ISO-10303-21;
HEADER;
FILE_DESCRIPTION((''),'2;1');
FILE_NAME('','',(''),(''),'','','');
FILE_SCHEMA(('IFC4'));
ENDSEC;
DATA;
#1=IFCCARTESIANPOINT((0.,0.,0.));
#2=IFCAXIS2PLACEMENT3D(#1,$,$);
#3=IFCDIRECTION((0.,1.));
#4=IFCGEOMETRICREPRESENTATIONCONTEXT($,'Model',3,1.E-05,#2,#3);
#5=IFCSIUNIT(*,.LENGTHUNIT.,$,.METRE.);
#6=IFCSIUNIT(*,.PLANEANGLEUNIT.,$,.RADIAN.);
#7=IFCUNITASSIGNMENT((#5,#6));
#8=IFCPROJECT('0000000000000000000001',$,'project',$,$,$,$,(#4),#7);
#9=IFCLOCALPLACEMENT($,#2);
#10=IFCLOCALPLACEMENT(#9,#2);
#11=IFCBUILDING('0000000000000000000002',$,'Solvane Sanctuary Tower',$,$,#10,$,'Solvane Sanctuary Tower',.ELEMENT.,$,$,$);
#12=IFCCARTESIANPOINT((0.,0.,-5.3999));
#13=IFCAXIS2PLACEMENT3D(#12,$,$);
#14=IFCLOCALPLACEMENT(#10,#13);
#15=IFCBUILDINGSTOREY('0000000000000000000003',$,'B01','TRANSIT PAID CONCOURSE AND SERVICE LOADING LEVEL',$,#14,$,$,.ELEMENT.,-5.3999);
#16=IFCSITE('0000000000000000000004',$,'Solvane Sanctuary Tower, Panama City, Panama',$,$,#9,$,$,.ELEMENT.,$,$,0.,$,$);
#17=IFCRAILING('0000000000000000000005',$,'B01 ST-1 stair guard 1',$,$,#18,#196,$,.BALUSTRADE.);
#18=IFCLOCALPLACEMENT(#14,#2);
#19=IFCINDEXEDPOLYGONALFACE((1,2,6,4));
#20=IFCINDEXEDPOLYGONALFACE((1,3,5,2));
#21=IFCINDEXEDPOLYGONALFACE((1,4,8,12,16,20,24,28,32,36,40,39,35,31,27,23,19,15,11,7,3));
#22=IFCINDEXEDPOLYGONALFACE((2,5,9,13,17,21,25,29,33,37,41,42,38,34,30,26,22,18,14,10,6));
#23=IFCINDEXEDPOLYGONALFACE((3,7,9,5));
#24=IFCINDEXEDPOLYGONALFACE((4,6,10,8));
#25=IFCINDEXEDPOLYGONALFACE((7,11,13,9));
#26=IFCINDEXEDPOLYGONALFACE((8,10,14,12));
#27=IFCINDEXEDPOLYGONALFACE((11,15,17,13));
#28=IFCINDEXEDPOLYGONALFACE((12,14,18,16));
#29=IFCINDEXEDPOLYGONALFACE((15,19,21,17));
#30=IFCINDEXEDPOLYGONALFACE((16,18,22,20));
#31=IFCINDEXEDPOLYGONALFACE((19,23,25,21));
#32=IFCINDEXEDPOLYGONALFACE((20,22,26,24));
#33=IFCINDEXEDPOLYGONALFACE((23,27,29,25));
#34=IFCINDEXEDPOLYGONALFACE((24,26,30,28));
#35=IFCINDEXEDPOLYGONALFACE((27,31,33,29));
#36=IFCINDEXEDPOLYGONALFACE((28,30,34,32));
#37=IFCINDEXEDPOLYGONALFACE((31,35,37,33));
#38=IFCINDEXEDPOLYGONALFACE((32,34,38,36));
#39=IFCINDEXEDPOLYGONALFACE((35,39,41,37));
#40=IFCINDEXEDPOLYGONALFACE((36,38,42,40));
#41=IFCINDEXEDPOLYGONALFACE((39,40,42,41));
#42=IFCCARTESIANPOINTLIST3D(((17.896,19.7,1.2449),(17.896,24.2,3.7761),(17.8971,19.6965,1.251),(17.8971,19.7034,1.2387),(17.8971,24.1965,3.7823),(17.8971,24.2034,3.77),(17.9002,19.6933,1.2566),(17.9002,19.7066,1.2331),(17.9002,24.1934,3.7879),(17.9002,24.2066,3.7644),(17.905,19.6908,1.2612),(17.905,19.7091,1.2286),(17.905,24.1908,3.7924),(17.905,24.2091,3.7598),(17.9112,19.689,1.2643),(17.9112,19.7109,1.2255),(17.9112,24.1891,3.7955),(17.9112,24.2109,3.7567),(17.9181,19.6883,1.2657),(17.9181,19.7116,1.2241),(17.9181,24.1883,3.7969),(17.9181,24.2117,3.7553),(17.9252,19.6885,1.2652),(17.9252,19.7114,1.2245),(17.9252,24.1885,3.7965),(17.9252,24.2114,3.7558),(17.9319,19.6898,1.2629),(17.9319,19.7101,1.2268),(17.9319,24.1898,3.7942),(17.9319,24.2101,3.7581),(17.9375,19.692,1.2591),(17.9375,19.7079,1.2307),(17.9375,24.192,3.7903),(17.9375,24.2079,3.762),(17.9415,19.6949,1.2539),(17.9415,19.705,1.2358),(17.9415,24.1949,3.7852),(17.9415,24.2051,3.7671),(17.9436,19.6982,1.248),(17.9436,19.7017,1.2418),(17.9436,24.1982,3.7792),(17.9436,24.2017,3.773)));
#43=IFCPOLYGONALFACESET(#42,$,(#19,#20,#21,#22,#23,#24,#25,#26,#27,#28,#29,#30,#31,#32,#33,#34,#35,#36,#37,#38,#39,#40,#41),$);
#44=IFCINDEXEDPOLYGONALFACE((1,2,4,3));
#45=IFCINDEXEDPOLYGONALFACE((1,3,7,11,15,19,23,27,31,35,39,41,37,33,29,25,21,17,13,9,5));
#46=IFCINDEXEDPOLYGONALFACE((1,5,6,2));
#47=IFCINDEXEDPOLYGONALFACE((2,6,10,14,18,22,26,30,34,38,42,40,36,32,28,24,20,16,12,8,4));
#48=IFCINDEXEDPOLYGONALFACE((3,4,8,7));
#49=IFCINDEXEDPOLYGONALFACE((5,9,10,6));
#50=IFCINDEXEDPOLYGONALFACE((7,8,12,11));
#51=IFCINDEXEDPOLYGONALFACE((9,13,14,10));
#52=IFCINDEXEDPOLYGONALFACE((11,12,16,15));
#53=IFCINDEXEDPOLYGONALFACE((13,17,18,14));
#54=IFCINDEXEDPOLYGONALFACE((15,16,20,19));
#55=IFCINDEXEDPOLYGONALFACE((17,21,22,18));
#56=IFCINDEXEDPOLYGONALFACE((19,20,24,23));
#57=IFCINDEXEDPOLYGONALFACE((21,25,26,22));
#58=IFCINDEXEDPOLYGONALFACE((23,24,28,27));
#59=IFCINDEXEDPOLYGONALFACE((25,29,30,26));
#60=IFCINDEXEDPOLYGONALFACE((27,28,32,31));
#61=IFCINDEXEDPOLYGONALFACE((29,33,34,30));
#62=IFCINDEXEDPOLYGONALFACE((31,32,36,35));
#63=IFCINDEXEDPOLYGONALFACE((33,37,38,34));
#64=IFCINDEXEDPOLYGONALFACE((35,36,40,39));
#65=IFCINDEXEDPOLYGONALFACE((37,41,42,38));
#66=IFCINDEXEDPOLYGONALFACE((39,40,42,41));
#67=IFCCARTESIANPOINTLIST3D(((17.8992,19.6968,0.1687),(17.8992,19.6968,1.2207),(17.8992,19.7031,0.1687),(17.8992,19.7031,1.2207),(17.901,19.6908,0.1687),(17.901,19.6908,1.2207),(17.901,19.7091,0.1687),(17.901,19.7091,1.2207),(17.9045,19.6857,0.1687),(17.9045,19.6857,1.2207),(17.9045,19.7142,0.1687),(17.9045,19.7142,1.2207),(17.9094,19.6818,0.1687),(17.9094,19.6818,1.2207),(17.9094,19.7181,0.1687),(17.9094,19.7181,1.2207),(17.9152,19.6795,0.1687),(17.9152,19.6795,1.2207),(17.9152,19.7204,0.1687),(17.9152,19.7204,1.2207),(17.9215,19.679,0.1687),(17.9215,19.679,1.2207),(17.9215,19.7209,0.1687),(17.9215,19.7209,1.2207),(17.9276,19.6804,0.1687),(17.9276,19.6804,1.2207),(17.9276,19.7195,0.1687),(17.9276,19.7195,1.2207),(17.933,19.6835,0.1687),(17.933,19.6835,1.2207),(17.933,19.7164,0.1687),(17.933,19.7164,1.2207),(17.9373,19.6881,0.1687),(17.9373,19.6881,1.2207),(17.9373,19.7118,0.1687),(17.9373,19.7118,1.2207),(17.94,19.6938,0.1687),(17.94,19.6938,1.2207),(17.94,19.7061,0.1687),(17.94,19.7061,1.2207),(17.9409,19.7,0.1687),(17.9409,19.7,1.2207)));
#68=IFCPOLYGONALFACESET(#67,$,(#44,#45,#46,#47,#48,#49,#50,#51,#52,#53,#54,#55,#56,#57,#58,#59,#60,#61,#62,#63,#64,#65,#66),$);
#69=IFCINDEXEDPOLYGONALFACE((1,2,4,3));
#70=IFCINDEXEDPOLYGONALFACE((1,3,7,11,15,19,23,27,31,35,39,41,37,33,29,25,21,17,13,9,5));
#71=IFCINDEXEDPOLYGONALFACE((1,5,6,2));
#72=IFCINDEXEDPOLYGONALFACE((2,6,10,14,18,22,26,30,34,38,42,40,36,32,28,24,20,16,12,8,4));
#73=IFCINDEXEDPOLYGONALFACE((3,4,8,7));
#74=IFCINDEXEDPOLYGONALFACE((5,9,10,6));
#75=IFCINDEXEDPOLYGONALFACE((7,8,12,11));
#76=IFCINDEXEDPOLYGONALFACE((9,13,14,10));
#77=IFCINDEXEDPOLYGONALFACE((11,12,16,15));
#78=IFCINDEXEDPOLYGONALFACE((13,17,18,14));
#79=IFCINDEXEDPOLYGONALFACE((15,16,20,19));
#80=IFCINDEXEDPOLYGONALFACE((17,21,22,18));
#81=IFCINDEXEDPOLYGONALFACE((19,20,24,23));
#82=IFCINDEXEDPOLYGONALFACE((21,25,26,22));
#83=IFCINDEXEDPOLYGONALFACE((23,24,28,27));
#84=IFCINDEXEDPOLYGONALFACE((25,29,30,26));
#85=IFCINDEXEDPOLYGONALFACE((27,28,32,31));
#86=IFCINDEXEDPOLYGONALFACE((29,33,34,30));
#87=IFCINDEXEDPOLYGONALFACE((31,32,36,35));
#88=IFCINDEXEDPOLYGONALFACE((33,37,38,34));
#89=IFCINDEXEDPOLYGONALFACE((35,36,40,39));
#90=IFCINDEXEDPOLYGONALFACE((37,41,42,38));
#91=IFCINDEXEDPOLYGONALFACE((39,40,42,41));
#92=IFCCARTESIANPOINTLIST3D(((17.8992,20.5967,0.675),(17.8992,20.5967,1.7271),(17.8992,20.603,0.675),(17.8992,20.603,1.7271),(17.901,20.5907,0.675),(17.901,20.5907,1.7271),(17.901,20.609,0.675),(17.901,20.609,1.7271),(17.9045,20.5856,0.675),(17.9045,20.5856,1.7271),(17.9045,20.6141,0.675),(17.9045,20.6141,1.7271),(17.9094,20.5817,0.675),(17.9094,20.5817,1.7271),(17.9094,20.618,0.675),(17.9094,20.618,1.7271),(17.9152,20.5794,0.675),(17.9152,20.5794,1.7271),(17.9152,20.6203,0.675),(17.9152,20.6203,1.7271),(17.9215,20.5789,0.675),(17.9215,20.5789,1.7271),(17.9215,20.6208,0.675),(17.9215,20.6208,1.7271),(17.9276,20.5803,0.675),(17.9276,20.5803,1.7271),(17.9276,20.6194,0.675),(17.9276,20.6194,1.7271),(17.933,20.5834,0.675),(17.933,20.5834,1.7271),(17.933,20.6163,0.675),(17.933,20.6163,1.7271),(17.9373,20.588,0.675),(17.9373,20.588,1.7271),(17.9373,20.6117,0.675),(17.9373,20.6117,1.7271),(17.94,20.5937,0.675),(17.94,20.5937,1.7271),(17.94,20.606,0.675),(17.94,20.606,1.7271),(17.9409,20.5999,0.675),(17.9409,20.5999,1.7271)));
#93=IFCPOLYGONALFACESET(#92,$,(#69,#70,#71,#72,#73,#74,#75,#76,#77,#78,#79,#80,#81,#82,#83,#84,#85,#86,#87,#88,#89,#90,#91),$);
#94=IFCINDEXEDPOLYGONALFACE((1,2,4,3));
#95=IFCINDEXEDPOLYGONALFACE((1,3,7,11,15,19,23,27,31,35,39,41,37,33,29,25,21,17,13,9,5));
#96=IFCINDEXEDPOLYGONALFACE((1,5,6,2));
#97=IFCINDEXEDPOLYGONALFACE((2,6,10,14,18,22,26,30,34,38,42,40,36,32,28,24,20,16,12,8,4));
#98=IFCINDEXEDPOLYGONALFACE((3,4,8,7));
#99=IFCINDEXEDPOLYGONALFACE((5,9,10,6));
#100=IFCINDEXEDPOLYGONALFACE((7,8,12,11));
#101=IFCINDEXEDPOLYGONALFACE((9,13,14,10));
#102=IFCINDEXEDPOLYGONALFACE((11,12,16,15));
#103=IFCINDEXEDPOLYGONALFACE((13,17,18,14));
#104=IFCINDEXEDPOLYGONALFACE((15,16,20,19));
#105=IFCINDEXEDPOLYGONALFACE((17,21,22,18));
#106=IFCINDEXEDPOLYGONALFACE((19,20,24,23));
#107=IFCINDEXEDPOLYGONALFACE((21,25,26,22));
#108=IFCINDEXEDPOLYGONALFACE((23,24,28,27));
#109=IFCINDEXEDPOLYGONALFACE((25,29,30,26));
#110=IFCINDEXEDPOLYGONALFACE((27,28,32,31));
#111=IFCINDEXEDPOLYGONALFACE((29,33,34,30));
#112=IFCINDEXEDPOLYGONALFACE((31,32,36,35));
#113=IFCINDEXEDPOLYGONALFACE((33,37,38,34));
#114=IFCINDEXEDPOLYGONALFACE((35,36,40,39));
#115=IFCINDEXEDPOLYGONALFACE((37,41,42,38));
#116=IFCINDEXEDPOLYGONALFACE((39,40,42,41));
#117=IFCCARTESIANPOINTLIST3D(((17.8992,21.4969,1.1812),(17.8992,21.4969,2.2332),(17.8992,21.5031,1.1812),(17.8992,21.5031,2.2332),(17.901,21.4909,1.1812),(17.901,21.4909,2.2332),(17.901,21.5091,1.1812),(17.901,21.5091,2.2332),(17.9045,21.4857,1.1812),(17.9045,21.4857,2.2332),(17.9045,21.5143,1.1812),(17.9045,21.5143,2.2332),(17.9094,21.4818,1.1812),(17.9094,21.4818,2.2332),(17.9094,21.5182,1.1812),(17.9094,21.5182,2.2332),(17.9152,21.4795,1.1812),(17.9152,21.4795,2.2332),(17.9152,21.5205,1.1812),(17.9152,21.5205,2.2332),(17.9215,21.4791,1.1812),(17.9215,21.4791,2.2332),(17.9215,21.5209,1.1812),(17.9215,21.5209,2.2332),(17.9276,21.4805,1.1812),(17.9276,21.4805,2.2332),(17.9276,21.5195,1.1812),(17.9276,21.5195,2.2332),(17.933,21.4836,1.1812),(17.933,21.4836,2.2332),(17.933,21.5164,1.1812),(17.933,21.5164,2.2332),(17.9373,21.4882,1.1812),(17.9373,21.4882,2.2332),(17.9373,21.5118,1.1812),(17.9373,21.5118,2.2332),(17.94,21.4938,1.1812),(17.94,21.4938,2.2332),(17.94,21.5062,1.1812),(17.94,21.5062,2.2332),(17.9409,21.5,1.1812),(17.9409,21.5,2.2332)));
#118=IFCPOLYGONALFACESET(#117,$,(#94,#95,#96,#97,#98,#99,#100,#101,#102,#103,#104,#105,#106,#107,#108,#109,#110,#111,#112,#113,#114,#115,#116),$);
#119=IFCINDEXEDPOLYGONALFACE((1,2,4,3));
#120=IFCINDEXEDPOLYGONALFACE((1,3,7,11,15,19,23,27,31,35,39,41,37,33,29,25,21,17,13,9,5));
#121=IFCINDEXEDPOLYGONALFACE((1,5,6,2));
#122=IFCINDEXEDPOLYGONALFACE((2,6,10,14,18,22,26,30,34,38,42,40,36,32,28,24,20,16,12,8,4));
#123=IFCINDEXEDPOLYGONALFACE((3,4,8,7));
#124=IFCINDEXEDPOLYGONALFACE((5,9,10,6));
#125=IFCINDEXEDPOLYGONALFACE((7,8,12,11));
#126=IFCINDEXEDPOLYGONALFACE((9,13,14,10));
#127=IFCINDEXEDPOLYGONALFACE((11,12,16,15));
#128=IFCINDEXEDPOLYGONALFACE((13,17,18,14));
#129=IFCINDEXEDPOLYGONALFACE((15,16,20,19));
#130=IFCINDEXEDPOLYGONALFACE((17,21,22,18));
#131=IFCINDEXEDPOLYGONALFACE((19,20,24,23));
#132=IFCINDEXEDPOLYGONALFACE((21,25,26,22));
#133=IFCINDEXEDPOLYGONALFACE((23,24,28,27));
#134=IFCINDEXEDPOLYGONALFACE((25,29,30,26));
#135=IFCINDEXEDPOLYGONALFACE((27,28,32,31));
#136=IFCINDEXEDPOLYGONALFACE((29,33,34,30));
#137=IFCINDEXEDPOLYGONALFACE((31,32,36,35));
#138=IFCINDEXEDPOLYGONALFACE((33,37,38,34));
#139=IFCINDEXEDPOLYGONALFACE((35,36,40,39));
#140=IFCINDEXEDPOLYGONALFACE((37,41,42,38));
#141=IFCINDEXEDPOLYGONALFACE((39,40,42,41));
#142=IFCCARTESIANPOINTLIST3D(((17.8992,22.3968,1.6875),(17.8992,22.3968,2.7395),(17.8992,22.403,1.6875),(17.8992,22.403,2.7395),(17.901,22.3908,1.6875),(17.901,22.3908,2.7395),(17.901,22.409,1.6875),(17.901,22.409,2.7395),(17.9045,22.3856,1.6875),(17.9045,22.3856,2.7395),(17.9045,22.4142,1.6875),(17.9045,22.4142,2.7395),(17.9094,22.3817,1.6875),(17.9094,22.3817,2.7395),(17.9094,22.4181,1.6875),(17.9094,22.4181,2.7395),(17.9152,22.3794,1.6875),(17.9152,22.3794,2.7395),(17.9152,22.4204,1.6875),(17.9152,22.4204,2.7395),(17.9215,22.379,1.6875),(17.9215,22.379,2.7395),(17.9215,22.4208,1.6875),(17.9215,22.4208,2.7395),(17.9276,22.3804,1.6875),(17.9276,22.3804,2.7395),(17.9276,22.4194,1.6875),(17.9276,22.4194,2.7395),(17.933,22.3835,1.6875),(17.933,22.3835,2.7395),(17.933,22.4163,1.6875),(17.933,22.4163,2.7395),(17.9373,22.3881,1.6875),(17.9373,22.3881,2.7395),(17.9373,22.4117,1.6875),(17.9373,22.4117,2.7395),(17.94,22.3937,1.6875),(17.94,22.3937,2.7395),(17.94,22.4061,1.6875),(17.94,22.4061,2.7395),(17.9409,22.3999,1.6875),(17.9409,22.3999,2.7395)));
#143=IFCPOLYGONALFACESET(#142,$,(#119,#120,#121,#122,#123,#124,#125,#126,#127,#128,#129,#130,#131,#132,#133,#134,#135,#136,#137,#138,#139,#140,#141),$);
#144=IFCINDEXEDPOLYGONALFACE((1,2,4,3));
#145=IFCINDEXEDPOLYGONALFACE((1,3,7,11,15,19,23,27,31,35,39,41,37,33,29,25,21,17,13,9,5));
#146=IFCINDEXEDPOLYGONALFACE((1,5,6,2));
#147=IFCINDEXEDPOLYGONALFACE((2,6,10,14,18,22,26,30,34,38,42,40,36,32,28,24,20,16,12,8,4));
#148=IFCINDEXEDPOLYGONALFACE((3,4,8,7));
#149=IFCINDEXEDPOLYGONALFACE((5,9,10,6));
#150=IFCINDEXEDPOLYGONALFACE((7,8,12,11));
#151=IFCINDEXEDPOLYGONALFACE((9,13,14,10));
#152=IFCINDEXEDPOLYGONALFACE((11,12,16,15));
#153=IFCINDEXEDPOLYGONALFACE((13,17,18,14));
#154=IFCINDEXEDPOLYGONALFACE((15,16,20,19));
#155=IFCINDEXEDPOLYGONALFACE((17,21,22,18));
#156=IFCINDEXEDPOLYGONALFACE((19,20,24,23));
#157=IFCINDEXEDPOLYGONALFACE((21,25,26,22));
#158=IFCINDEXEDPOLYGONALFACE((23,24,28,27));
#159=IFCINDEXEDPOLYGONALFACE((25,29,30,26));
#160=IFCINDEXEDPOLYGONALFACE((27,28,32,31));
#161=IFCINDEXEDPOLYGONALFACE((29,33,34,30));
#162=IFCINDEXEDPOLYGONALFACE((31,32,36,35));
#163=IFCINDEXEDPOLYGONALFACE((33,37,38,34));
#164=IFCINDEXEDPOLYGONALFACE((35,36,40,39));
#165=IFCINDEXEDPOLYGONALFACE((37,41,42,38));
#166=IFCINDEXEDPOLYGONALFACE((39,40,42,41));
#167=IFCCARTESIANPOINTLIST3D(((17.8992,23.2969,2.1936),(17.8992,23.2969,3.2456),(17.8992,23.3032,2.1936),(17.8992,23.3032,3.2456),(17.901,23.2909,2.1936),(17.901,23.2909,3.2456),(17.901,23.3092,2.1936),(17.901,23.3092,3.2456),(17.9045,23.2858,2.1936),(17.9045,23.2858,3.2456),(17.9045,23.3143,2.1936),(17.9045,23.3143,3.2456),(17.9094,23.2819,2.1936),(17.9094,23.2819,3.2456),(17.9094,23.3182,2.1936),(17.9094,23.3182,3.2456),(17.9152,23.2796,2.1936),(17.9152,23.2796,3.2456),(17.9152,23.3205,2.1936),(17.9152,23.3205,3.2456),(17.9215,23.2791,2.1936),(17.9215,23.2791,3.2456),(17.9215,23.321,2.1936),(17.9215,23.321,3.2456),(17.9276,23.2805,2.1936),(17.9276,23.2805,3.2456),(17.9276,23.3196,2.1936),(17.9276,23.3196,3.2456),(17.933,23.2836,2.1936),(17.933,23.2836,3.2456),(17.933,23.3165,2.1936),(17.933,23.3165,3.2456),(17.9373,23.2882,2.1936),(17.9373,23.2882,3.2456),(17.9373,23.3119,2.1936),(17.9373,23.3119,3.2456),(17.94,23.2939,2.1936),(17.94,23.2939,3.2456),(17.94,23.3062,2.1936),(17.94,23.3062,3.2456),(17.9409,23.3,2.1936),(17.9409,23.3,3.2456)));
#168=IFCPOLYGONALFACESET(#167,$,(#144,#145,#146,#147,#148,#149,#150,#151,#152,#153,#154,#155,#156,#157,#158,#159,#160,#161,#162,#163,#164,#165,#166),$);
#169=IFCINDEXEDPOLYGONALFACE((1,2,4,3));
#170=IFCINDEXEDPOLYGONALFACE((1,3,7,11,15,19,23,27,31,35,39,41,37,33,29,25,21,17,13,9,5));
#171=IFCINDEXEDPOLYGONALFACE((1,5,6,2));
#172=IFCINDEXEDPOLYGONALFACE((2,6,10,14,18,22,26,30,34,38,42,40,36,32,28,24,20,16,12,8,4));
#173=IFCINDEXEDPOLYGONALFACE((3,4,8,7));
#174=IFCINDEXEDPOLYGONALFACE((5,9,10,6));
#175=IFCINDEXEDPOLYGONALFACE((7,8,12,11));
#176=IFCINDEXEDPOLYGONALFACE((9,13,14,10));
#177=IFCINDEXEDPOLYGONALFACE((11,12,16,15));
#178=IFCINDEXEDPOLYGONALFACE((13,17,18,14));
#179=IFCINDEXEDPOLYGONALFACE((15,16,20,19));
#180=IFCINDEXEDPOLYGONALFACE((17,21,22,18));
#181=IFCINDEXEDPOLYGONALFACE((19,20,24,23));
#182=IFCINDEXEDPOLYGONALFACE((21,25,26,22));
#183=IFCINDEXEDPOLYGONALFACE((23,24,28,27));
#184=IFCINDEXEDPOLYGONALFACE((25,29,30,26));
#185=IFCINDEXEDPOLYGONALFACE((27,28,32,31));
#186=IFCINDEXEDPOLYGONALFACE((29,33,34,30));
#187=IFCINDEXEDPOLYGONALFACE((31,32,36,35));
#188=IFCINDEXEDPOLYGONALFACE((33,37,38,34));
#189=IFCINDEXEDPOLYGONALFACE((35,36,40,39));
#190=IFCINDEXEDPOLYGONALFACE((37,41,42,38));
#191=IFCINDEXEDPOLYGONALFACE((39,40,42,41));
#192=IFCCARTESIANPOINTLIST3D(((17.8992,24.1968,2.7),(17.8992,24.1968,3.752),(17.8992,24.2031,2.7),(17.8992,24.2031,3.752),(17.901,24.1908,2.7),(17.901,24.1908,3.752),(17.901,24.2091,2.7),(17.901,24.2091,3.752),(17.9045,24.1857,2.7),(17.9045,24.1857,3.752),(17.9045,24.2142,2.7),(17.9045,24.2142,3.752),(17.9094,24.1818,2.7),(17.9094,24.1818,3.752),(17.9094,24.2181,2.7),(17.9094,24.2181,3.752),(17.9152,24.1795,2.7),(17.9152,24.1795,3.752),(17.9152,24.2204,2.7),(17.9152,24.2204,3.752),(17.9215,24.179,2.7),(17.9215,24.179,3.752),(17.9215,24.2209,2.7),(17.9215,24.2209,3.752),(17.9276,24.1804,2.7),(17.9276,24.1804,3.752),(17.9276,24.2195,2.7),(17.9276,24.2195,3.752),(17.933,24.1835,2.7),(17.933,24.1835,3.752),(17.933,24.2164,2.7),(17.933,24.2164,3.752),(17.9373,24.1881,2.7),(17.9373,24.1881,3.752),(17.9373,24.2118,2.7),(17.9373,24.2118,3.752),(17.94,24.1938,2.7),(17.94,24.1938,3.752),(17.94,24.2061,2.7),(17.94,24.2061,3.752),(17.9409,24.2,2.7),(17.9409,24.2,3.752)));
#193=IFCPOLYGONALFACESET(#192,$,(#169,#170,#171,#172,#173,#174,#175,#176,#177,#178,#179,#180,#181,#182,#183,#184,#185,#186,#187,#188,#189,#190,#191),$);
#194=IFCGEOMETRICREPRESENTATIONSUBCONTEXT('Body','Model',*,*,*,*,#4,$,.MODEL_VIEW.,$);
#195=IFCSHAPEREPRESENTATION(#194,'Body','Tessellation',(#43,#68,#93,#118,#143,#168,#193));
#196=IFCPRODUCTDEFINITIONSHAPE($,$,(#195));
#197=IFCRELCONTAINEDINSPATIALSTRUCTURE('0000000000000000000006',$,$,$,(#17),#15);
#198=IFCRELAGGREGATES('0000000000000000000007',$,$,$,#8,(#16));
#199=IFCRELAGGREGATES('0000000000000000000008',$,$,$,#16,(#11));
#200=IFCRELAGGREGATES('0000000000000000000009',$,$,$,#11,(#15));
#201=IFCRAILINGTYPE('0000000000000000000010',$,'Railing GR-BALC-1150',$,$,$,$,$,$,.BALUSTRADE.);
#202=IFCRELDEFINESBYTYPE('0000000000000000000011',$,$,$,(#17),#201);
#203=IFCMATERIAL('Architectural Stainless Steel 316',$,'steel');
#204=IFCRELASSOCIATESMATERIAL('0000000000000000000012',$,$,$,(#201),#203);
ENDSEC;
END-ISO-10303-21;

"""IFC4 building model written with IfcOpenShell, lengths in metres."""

from ifc_helpers import new_model, si_unit, direction, frame, origin, origin_2d, place, context, subcontext, project, spatial, circle, extrude, material, type_object, element, save


model = new_model("IFC4")

# Units and contexts
model_context = context("Model", 3, precision=1e-05, world=origin(), true_north=direction((0.0, 1.0)))
body_context = subcontext(model_context, "Body", "Model", "MODEL_VIEW")
ifc_project = project(units=[si_unit("LENGTHUNIT", "METRE"), si_unit("PLANEANGLEUNIT", "RADIAN")], contexts=[model_context])

# Site, building, storey
site_placement = place(None, origin())
site = spatial("IfcSite", under=ifc_project, at=site_placement, Name="Solvane Sanctuary Tower, Panama City, Panama", CompositionType="ELEMENT", RefElevation=0.0)
building_placement = place(site_placement, origin())
building = spatial("IfcBuilding", under=site, at=building_placement, Name="Solvane Sanctuary Tower", LongName="Solvane Sanctuary Tower", CompositionType="ELEMENT")
storey_placement = place(building_placement, frame((0.0, 0.0, -5.3999)))
storey = spatial("IfcBuildingStorey", under=building, at=storey_placement, Name="B01", Description="TRANSIT PAID CONCOURSE AND SERVICE LOADING LEVEL", CompositionType="ELEMENT", Elevation=-5.3999)

# Shared definitions
ifc_material_1 = material(Name="Architectural Stainless Steel 316", Category="steel")

# Railing
railing_type_1 = type_object("IfcRailingType", Name="Railing GR-BALC-1150", PredefinedType="BALUSTRADE", material=ifc_material_1)
railing_1_placement = place(storey_placement, frame((17.9199, 19.7, 0.1687)))
element("IfcRailing", 1, at=railing_1_placement, inside=storey, type_object=railing_type_1, Name="B01 ST-1 stair guard 1", PredefinedType="BALUSTRADE", context=body_context, shape_type="SweptSolid", body=[
    extrude(circle(Radius=0.0239, at=origin_2d()), frame((0.0, 0.0, 1.0762), z_axis=(0.0, 0.871576, 0.490261), x_axis=(-1.0, 0.0, 0.0)), (0.0, 0.0, 1.0), 5.1631),
    extrude(circle(Radius=0.021, at=origin_2d()), origin(), (0.0, 0.0, 1.0), 1.052),
    extrude(circle(Radius=0.021, at=origin_2d()), frame((0.0, 0.8999, 0.5063)), (0.0, 0.0, 1.0), 1.052),
    extrude(circle(Radius=0.021, at=origin_2d()), frame((0.0, 1.8, 1.0125)), (0.0, 0.0, 1.0), 1.052),
    extrude(circle(Radius=0.021, at=origin_2d()), frame((0.0, 2.7, 1.5188)), (0.0, 0.0, 1.0), 1.052),
    extrude(circle(Radius=0.021, at=origin_2d()), frame((0.0, 3.6001, 2.0249)), (0.0, 0.0, 1.0), 1.052),
    extrude(circle(Radius=0.021, at=origin_2d()), frame((0.0, 4.5, 2.5312)), (0.0, 0.0, 1.0), 1.052),
])

save(model, "model.ifc")
